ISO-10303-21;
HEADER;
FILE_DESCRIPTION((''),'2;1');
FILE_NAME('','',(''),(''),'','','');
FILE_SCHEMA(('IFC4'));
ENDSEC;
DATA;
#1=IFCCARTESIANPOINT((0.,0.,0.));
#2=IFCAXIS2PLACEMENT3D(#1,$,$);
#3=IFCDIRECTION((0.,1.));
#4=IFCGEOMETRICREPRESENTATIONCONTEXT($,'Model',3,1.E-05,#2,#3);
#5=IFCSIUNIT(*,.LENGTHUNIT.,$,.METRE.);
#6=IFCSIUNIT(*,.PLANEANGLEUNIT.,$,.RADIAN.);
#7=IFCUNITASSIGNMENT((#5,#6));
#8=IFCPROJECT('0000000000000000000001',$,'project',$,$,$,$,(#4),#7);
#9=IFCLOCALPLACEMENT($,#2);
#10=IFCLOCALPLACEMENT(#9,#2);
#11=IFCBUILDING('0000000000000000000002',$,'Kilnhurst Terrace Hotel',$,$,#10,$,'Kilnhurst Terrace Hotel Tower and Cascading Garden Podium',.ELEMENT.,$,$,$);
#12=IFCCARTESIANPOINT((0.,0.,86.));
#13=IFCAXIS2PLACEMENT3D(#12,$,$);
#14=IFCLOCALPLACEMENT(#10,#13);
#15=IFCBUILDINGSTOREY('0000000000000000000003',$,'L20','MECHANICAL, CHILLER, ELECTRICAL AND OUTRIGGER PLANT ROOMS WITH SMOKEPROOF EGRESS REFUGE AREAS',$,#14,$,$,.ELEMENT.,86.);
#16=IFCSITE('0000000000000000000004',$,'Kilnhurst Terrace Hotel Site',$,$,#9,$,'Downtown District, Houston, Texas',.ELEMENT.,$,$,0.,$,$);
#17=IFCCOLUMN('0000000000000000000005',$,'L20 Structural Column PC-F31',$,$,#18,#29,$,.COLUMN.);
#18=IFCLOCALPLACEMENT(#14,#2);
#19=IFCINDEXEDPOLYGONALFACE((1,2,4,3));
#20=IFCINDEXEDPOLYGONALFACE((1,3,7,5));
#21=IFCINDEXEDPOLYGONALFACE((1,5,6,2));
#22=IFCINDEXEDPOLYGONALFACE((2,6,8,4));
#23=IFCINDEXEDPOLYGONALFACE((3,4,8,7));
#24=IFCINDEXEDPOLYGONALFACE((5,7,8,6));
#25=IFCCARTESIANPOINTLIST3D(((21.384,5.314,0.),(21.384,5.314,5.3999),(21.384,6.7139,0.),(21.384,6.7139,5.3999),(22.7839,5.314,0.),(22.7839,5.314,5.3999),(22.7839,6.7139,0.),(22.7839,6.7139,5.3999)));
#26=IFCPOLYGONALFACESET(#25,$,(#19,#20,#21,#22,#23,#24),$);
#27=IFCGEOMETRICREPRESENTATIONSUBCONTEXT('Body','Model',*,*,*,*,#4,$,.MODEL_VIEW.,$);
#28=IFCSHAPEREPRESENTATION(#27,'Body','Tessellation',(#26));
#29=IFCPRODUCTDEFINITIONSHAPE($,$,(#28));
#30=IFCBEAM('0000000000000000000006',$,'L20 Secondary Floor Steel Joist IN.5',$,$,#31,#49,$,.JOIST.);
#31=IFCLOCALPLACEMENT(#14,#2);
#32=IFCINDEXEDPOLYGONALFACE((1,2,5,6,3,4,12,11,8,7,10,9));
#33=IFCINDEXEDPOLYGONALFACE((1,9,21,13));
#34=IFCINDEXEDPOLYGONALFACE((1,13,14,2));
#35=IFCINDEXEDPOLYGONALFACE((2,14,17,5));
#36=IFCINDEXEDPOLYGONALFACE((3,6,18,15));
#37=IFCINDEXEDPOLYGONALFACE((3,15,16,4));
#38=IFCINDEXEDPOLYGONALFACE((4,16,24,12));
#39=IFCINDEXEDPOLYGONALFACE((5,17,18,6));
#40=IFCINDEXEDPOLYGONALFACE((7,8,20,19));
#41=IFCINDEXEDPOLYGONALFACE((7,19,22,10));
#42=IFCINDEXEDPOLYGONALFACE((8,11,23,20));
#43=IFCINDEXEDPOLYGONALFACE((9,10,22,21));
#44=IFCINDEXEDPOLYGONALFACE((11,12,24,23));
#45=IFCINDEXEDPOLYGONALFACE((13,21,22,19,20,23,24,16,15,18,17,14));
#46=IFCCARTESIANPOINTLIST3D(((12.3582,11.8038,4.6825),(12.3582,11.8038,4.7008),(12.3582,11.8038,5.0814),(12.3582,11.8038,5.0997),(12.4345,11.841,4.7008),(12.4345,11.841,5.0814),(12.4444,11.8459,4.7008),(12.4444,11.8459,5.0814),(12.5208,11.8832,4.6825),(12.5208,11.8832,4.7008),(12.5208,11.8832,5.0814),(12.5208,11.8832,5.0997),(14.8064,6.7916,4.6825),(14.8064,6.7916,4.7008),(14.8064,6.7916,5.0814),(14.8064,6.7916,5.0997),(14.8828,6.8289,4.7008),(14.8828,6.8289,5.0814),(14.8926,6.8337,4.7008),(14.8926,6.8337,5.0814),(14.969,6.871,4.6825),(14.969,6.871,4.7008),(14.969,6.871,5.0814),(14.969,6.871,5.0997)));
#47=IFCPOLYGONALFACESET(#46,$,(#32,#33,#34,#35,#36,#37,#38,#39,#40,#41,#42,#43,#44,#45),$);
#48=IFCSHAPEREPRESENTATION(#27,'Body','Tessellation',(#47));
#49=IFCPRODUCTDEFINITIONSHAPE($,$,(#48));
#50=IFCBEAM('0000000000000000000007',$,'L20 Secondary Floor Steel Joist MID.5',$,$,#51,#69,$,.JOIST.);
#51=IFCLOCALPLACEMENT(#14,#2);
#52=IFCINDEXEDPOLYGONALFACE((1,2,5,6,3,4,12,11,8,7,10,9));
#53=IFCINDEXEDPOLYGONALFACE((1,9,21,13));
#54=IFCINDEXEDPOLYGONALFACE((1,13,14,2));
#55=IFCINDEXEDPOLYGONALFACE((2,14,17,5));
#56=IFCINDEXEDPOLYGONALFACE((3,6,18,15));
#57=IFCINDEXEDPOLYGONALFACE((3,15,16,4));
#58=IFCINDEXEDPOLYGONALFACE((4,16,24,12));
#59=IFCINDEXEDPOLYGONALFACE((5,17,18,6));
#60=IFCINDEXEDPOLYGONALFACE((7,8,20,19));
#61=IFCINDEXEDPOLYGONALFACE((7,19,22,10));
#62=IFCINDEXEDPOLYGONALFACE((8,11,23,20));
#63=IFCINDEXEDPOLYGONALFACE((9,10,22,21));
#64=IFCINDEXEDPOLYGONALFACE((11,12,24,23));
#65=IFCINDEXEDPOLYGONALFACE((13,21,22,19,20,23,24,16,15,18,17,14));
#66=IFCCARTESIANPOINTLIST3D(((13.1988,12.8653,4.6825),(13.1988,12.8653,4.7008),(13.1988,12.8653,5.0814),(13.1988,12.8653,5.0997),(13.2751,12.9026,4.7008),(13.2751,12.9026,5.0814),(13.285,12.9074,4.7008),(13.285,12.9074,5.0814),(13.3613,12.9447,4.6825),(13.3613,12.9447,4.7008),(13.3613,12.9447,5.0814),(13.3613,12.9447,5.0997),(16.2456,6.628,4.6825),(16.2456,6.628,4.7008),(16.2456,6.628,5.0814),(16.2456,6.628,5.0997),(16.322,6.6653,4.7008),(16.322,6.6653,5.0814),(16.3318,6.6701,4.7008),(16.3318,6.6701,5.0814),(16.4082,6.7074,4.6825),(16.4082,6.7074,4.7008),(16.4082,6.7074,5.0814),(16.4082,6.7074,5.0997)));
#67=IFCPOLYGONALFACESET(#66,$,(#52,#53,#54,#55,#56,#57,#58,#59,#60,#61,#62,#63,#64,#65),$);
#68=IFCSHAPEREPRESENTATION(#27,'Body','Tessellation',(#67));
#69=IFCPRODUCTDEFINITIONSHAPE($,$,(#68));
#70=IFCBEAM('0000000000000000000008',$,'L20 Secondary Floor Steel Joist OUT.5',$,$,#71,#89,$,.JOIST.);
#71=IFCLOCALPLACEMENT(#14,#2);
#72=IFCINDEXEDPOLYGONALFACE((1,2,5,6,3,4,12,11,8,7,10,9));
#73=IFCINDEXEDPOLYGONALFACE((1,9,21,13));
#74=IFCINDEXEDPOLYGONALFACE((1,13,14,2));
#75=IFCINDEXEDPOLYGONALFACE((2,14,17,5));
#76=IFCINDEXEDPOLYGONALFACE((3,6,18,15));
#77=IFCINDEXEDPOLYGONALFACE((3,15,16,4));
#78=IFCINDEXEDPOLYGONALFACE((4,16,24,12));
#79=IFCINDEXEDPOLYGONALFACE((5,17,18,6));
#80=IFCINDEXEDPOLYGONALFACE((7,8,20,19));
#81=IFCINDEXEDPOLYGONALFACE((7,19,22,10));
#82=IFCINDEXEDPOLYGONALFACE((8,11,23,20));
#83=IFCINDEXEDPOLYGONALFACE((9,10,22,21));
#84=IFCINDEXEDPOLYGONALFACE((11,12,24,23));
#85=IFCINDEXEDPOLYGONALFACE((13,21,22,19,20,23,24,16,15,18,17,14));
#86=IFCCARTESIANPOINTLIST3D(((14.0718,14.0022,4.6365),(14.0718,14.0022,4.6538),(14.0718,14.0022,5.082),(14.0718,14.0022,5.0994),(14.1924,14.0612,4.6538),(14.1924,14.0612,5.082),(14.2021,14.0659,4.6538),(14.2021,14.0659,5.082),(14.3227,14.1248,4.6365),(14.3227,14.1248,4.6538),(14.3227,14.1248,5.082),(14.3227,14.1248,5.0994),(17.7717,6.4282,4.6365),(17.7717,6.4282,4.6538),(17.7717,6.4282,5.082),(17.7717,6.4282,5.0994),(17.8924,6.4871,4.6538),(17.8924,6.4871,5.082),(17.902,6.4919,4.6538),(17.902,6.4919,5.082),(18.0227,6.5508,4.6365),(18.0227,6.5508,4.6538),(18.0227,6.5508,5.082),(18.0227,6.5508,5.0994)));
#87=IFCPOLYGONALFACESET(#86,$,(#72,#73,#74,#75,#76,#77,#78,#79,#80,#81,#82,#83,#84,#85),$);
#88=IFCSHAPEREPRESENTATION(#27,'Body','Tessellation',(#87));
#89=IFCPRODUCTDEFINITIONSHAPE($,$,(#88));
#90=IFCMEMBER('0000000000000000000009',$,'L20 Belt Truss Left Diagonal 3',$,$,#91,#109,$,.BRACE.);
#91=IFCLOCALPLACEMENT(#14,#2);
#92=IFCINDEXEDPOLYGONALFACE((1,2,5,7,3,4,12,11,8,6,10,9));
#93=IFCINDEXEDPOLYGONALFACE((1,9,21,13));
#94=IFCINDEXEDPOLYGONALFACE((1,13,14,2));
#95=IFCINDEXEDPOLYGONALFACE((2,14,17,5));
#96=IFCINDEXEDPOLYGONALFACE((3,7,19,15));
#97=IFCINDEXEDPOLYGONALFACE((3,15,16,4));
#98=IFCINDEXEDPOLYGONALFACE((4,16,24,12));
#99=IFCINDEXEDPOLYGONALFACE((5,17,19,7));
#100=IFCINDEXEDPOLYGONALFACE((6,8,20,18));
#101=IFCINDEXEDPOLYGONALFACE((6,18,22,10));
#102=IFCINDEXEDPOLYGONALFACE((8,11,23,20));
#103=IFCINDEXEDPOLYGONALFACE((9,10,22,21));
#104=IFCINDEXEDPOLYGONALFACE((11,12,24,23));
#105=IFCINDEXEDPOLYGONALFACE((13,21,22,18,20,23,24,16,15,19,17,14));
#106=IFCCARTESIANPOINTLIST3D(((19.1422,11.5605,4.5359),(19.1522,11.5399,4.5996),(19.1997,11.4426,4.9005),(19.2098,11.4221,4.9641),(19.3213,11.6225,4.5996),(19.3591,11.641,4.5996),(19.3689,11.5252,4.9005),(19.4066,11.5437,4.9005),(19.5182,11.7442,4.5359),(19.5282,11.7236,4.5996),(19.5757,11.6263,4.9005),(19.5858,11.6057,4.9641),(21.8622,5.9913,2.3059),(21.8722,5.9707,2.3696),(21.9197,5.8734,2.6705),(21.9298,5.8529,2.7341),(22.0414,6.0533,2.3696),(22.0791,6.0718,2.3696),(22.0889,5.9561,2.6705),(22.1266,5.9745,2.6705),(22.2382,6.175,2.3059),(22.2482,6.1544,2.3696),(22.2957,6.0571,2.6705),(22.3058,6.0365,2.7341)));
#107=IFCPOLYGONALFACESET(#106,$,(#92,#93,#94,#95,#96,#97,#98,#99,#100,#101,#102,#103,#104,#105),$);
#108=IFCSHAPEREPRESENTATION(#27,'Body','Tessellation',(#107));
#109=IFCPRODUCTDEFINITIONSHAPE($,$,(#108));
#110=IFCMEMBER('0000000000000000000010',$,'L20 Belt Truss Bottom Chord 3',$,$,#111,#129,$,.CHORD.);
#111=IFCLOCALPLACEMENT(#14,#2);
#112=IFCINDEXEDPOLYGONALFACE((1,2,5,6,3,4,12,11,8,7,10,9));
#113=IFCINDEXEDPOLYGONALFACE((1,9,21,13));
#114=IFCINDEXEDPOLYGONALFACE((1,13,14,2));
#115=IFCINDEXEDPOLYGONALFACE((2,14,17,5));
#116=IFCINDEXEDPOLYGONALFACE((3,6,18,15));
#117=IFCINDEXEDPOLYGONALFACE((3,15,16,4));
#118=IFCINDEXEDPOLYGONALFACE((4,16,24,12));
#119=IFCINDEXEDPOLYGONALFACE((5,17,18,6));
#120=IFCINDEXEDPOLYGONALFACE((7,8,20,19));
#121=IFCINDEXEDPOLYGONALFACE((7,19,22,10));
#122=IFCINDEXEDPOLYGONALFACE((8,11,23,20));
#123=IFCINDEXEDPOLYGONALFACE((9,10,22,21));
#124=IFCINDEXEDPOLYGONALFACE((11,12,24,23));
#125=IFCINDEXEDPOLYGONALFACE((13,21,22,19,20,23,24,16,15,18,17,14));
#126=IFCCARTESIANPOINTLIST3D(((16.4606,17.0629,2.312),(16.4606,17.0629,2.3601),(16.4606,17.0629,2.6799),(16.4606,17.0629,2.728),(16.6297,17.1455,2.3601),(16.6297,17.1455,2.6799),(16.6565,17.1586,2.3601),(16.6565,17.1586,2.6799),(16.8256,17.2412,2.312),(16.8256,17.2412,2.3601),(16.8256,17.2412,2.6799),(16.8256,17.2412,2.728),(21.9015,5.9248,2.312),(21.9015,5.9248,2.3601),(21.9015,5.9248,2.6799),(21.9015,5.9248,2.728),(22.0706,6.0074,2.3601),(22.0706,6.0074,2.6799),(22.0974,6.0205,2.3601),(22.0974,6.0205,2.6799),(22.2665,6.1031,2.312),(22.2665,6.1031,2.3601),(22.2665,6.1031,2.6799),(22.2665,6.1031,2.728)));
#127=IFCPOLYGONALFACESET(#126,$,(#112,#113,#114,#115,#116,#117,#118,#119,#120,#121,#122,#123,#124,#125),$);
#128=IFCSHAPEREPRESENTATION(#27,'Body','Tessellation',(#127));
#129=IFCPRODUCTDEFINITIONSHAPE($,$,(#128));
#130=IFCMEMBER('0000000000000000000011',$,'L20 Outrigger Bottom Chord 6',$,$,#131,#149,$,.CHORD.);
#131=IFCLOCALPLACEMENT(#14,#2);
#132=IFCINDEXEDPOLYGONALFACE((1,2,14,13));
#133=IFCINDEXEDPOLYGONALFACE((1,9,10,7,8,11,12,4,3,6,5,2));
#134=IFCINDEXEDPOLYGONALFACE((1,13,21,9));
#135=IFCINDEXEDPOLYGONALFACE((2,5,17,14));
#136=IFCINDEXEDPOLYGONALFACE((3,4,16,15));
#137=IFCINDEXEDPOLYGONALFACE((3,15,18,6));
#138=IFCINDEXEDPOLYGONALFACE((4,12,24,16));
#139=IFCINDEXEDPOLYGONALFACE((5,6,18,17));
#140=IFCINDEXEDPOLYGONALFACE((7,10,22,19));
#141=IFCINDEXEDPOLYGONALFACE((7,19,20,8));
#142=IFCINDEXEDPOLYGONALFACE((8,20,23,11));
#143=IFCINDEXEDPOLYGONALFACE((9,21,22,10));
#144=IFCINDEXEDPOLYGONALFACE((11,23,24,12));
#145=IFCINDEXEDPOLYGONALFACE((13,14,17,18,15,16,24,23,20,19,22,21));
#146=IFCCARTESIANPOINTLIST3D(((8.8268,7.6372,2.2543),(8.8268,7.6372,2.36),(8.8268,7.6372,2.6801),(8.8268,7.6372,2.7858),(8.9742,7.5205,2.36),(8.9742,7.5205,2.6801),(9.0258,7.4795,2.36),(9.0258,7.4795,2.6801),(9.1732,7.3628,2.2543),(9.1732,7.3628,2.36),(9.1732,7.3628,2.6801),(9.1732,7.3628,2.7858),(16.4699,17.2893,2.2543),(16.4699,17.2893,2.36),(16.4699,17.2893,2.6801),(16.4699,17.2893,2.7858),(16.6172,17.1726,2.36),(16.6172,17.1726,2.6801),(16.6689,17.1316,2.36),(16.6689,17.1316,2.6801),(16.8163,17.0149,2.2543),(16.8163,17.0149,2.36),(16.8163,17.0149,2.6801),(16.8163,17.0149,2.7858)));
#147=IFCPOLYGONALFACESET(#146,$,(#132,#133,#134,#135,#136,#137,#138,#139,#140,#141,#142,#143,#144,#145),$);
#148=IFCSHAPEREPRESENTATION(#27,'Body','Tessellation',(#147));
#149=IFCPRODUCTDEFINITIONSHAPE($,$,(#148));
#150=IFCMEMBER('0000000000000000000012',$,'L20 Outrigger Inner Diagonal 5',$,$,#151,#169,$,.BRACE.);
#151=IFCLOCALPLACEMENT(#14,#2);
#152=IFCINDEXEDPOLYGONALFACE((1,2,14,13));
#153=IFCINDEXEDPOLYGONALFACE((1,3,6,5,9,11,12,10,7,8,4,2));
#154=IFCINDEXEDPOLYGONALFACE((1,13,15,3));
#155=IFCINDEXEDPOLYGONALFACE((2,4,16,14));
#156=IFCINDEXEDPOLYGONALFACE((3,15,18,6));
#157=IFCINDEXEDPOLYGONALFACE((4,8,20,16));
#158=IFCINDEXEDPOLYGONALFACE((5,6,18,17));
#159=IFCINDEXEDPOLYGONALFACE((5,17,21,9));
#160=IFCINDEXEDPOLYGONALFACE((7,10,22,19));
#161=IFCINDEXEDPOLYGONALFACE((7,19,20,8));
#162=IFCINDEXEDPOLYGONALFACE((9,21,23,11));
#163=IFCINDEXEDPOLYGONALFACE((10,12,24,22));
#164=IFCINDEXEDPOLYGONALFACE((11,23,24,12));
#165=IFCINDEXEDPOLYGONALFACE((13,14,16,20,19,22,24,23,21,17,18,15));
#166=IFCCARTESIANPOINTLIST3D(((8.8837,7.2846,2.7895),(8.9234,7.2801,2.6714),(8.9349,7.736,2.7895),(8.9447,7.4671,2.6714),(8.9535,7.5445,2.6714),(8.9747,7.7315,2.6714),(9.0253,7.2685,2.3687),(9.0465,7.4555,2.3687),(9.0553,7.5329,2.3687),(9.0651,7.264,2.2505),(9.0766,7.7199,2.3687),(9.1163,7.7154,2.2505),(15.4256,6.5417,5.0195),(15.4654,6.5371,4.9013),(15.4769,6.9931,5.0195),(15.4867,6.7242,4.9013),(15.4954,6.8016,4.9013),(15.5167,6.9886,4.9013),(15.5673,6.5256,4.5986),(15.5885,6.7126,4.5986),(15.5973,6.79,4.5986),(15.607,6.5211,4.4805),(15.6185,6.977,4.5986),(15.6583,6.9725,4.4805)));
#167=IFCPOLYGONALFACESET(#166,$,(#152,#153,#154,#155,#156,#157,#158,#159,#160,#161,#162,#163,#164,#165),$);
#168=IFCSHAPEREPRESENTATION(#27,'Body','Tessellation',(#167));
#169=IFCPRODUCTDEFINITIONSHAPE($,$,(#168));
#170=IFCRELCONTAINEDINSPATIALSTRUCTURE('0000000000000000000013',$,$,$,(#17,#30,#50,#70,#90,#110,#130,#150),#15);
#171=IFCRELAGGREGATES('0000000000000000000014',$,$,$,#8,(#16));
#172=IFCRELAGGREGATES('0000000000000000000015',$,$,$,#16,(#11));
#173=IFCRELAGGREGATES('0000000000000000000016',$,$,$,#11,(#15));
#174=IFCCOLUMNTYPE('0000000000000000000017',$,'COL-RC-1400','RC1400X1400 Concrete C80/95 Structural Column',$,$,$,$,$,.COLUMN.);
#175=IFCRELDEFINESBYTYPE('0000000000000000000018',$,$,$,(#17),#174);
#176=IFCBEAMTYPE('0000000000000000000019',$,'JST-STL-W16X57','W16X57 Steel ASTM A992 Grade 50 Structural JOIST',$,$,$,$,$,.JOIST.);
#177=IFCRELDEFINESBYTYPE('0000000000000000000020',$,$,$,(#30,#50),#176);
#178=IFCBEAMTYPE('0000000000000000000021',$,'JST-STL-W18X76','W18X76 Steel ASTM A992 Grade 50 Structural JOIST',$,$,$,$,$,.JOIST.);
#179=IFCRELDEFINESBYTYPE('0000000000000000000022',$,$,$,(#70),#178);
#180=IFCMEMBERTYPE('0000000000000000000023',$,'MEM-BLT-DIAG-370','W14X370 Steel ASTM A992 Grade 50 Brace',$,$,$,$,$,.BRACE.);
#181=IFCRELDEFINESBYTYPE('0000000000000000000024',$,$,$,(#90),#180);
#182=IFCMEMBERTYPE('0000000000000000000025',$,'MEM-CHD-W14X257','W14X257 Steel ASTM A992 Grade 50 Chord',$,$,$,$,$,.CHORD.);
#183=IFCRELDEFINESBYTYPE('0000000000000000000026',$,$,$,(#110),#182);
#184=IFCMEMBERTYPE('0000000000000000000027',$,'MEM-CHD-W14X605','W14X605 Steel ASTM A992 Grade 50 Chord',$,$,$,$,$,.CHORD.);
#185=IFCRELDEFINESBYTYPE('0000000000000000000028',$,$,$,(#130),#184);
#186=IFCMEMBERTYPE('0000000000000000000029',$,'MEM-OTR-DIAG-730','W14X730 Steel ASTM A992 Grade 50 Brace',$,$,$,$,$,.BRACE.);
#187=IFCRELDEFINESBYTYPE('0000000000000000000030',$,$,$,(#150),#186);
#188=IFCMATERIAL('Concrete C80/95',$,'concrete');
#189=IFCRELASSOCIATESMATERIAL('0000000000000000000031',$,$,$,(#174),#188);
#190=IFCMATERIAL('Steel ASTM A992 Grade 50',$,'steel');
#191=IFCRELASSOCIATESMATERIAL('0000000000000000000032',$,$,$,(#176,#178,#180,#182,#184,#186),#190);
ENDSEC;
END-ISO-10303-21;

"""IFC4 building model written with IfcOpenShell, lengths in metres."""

from ifc_helpers import new_model, si_unit, direction, frame, origin, origin_2d, place, context, subcontext, project, spatial, rectangle, i_section, extrude, material, material_profile, profile_set, type_object, element, save


model = new_model("IFC4")

# Units and contexts
model_context = context("Model", 3, precision=1e-05, world=origin(), true_north=direction((0.0, 1.0)))
body_context = subcontext(model_context, "Body", "Model", "MODEL_VIEW")
ifc_project = project(units=[si_unit("LENGTHUNIT", "METRE"), si_unit("PLANEANGLEUNIT", "RADIAN")], contexts=[model_context])

# Site, building, storey
site_placement = place(None, origin())
site = spatial("IfcSite", under=ifc_project, at=site_placement, Name="Kilnhurst Terrace Hotel Site", LongName="Downtown District, Houston, Texas", CompositionType="ELEMENT", RefElevation=0.0)
building_placement = place(site_placement, origin())
building = spatial("IfcBuilding", under=site, at=building_placement, Name="Kilnhurst Terrace Hotel", LongName="Kilnhurst Terrace Hotel Tower and Cascading Garden Podium", CompositionType="ELEMENT")
storey_placement = place(building_placement, frame((0.0, 0.0, 86.0)))
storey = spatial("IfcBuildingStorey", under=building, at=storey_placement, Name="L20", Description="MECHANICAL, CHILLER, ELECTRICAL AND OUTRIGGER PLANT ROOMS WITH SMOKEPROOF EGRESS REFUGE AREAS", CompositionType="ELEMENT", Elevation=86.0)

# Column
ifc_material_1 = material(Name="Concrete C80/95", Category="concrete")
ifc_material_profile_1 = material_profile(ifc_material_1, rectangle(XDim=1.3999, YDim=1.3999, at=origin_2d()), Name="RC1400X1400")
ifc_profile_set_1 = profile_set([ifc_material_profile_1], Name="Concrete C80/95")
column_type = type_object("IfcColumnType", Name="COL-RC-1400", Description="RC1400X1400 Concrete C80/95 Structural Column", PredefinedType="COLUMN", material=ifc_profile_set_1)
column_placement = place(storey_placement, frame((22.084, 6.0139, 0.0), z_axis=(0.0, 0.0, 1.0), x_axis=(1.0, 0.0, 0.0)))
element("IfcColumn", 1, at=column_placement, inside=storey, type_object=column_type, Name="L20 Structural Column PC-F31", PredefinedType="COLUMN", context=body_context, shape_type="SweptSolid", body=[
    extrude(rectangle(XDim=1.3999, YDim=1.3999, at=origin_2d()), origin(), (0.0, 0.0, 1.0), 5.3999),
])

# Beams
ifc_material_2 = material(Name="Steel ASTM A992 Grade 50", Category="steel")
ifc_material_profile_2 = material_profile(ifc_material_2, i_section(OverallWidth=0.1809, OverallDepth=0.4172, WebThickness=0.011, FlangeThickness=0.0183, at=origin_2d()), Name="W16X57")
ifc_profile_set_2 = profile_set([ifc_material_profile_2], Name="Steel ASTM A992 Grade 50")
beam_type_1 = type_object("IfcBeamType", Name="JST-STL-W16X57", Description="W16X57 Steel ASTM A992 Grade 50 Structural JOIST", PredefinedType="JOIST", material=ifc_profile_set_2)
beam_1_placement = place(storey_placement, frame((14.8877, 6.8313, 4.8911), z_axis=(-0.438896, 0.898538, 0.0), x_axis=(-0.898538, -0.438896, 0.0)))
element("IfcBeam", 2, at=beam_1_placement, inside=storey, type_object=beam_type_1, Name="L20 Secondary Floor Steel Joist IN.5", PredefinedType="JOIST", context=body_context, shape_type="SweptSolid", body=[
    extrude(i_section(OverallWidth=0.1809, OverallDepth=0.4172, WebThickness=0.011, FlangeThickness=0.0183, at=origin_2d()), origin(), (0.0, 0.0, 1.0), 5.5781),
])
beam_2_placement = place(storey_placement, frame((16.3269, 6.6677, 4.8911), z_axis=(-0.438922, 0.898525, 0.0), x_axis=(-0.898525, -0.438922, 0.0)))
element("IfcBeam", 3, at=beam_2_placement, inside=storey, type_object=beam_type_1, Name="L20 Secondary Floor Steel Joist MID.5", PredefinedType="JOIST", context=body_context, shape_type="SweptSolid", body=[
    extrude(i_section(OverallWidth=0.1809, OverallDepth=0.4172, WebThickness=0.011, FlangeThickness=0.0183, at=origin_2d()), origin(), (0.0, 0.0, 1.0), 6.9417),
])
ifc_material_profile_3 = material_profile(ifc_material_2, i_section(OverallWidth=0.2793, OverallDepth=0.4629, WebThickness=0.0107, FlangeThickness=0.0173, at=origin_2d()), Name="W18X76")
ifc_profile_set_3 = profile_set([ifc_material_profile_3], Name="Steel ASTM A992 Grade 50")
beam_type_2 = type_object("IfcBeamType", Name="JST-STL-W18X76", Description="W18X76 Steel ASTM A992 Grade 50 Structural JOIST", PredefinedType="JOIST", material=ifc_profile_set_3)
beam_3_placement = place(storey_placement, frame((17.8972, 6.4895, 4.8679), z_axis=(-0.438934, 0.898519, 0.0), x_axis=(-0.898519, -0.438934, 0.0)))
element("IfcBeam", 4, at=beam_3_placement, inside=storey, type_object=beam_type_2, Name="L20 Secondary Floor Steel Joist OUT.5", PredefinedType="JOIST", context=body_context, shape_type="SweptSolid", body=[
    extrude(i_section(OverallWidth=0.2793, OverallDepth=0.4629, WebThickness=0.0107, FlangeThickness=0.0173, at=origin_2d()), origin(), (0.0, 0.0, 1.0), 8.4294),
])

# Members
ifc_material_profile_4 = material_profile(ifc_material_2, i_section(OverallWidth=0.4185, OverallDepth=0.4551, WebThickness=0.042, FlangeThickness=0.0676, at=origin_2d()), Name="W14X370")
ifc_profile_set_4 = profile_set([ifc_material_profile_4], Name="Steel ASTM A992 Grade 50")
member_type_1 = type_object("IfcMemberType", Name="MEM-BLT-DIAG-370", Description="W14X370 Steel ASTM A992 Grade 50 Brace", PredefinedType="BRACE", material=ifc_profile_set_4)
member_1_placement = place(storey_placement, frame((22.084, 6.0139, 2.52), z_axis=(-0.412943, 0.845494, 0.338553), x_axis=(-0.898556, -0.438859, 0.0)))
element("IfcMember", 5, at=member_1_placement, inside=storey, type_object=member_type_1, Name="L20 Belt Truss Left Diagonal 3", PredefinedType="BRACE", context=body_context, shape_type="SweptSolid", body=[
    extrude(i_section(OverallWidth=0.4185, OverallDepth=0.4551, WebThickness=0.042, FlangeThickness=0.0676, at=origin_2d()), origin(), (0.0, 0.0, 1.0), 6.5869),
])
ifc_material_profile_5 = material_profile(ifc_material_2, i_section(OverallWidth=0.4062, OverallDepth=0.416, WebThickness=0.0298, FlangeThickness=0.0481, at=origin_2d()), Name="W14X257")
ifc_profile_set_5 = profile_set([ifc_material_profile_5], Name="Steel ASTM A992 Grade 50")
member_type_2 = type_object("IfcMemberType", Name="MEM-CHD-W14X257", Description="W14X257 Steel ASTM A992 Grade 50 Chord", PredefinedType="CHORD", material=ifc_profile_set_5)
member_2_placement = place(storey_placement, frame((22.084, 6.0139, 2.52), z_axis=(-0.438923, 0.898525, 0.0), x_axis=(-0.898525, -0.438923, 0.0)))
element("IfcMember", 6, at=member_2_placement, inside=storey, type_object=member_type_2, Name="L20 Belt Truss Bottom Chord 3", PredefinedType="CHORD", context=body_context, shape_type="SweptSolid", body=[
    extrude(i_section(OverallWidth=0.4062, OverallDepth=0.416, WebThickness=0.0298, FlangeThickness=0.0481, at=origin_2d()), origin(), (0.0, 0.0, 1.0), 12.396),
])
ifc_material_profile_6 = material_profile(ifc_material_2, i_section(OverallWidth=0.4419, OverallDepth=0.5315, WebThickness=0.0659, FlangeThickness=0.1057, at=origin_2d()), Name="W14X605")
ifc_profile_set_6 = profile_set([ifc_material_profile_6], Name="Steel ASTM A992 Grade 50")
member_type_3 = type_object("IfcMemberType", Name="MEM-CHD-W14X605", Description="W14X605 Steel ASTM A992 Grade 50 Chord", PredefinedType="CHORD", material=ifc_profile_set_6)
member_3_placement = place(storey_placement, frame((9.0, 7.5, 2.52), z_axis=(0.620794, 0.783974, 0.0), x_axis=(-0.783974, 0.620794, 0.0)))
element("IfcMember", 7, at=member_3_placement, inside=storey, type_object=member_type_3, Name="L20 Outrigger Bottom Chord 6", PredefinedType="CHORD", context=body_context, shape_type="SweptSolid", body=[
    extrude(i_section(OverallWidth=0.4419, OverallDepth=0.5315, WebThickness=0.0659, FlangeThickness=0.1057, at=origin_2d()), origin(), (0.0, 0.0, 1.0), 12.3118),
])
ifc_material_profile_7 = material_profile(ifc_material_2, i_section(OverallWidth=0.4543, OverallDepth=0.5691, WebThickness=0.0779, FlangeThickness=0.1248, at=origin_2d()), Name="W14X730")
ifc_profile_set_7 = profile_set([ifc_material_profile_7], Name="Steel ASTM A992 Grade 50")
member_type_4 = type_object("IfcMemberType", Name="MEM-OTR-DIAG-730", Description="W14X730 Steel ASTM A992 Grade 50 Brace", PredefinedType="BRACE", material=ifc_profile_set_7)
for number, where, z_axis, x_axis, name in (
    (8, (9.0, 7.5, 2.52), (0.9411, -0.106873, 0.320794), (0.112836, 0.993614, 0.0), "L20 Outrigger Inner Diagonal 5"),
):
    element("IfcMember", number, at=place(storey_placement, frame(where, z_axis=z_axis, x_axis=x_axis)), inside=storey, type_object=member_type_4, Name=name, PredefinedType="BRACE", context=body_context, shape_type="SweptSolid", body=[
        extrude(i_section(OverallWidth=0.4543, OverallDepth=0.5691, WebThickness=0.0779, FlangeThickness=0.1248, at=origin_2d()), origin(), (0.0, 0.0, 1.0), 6.9514),
    ])

save(model, "model.ifc")
